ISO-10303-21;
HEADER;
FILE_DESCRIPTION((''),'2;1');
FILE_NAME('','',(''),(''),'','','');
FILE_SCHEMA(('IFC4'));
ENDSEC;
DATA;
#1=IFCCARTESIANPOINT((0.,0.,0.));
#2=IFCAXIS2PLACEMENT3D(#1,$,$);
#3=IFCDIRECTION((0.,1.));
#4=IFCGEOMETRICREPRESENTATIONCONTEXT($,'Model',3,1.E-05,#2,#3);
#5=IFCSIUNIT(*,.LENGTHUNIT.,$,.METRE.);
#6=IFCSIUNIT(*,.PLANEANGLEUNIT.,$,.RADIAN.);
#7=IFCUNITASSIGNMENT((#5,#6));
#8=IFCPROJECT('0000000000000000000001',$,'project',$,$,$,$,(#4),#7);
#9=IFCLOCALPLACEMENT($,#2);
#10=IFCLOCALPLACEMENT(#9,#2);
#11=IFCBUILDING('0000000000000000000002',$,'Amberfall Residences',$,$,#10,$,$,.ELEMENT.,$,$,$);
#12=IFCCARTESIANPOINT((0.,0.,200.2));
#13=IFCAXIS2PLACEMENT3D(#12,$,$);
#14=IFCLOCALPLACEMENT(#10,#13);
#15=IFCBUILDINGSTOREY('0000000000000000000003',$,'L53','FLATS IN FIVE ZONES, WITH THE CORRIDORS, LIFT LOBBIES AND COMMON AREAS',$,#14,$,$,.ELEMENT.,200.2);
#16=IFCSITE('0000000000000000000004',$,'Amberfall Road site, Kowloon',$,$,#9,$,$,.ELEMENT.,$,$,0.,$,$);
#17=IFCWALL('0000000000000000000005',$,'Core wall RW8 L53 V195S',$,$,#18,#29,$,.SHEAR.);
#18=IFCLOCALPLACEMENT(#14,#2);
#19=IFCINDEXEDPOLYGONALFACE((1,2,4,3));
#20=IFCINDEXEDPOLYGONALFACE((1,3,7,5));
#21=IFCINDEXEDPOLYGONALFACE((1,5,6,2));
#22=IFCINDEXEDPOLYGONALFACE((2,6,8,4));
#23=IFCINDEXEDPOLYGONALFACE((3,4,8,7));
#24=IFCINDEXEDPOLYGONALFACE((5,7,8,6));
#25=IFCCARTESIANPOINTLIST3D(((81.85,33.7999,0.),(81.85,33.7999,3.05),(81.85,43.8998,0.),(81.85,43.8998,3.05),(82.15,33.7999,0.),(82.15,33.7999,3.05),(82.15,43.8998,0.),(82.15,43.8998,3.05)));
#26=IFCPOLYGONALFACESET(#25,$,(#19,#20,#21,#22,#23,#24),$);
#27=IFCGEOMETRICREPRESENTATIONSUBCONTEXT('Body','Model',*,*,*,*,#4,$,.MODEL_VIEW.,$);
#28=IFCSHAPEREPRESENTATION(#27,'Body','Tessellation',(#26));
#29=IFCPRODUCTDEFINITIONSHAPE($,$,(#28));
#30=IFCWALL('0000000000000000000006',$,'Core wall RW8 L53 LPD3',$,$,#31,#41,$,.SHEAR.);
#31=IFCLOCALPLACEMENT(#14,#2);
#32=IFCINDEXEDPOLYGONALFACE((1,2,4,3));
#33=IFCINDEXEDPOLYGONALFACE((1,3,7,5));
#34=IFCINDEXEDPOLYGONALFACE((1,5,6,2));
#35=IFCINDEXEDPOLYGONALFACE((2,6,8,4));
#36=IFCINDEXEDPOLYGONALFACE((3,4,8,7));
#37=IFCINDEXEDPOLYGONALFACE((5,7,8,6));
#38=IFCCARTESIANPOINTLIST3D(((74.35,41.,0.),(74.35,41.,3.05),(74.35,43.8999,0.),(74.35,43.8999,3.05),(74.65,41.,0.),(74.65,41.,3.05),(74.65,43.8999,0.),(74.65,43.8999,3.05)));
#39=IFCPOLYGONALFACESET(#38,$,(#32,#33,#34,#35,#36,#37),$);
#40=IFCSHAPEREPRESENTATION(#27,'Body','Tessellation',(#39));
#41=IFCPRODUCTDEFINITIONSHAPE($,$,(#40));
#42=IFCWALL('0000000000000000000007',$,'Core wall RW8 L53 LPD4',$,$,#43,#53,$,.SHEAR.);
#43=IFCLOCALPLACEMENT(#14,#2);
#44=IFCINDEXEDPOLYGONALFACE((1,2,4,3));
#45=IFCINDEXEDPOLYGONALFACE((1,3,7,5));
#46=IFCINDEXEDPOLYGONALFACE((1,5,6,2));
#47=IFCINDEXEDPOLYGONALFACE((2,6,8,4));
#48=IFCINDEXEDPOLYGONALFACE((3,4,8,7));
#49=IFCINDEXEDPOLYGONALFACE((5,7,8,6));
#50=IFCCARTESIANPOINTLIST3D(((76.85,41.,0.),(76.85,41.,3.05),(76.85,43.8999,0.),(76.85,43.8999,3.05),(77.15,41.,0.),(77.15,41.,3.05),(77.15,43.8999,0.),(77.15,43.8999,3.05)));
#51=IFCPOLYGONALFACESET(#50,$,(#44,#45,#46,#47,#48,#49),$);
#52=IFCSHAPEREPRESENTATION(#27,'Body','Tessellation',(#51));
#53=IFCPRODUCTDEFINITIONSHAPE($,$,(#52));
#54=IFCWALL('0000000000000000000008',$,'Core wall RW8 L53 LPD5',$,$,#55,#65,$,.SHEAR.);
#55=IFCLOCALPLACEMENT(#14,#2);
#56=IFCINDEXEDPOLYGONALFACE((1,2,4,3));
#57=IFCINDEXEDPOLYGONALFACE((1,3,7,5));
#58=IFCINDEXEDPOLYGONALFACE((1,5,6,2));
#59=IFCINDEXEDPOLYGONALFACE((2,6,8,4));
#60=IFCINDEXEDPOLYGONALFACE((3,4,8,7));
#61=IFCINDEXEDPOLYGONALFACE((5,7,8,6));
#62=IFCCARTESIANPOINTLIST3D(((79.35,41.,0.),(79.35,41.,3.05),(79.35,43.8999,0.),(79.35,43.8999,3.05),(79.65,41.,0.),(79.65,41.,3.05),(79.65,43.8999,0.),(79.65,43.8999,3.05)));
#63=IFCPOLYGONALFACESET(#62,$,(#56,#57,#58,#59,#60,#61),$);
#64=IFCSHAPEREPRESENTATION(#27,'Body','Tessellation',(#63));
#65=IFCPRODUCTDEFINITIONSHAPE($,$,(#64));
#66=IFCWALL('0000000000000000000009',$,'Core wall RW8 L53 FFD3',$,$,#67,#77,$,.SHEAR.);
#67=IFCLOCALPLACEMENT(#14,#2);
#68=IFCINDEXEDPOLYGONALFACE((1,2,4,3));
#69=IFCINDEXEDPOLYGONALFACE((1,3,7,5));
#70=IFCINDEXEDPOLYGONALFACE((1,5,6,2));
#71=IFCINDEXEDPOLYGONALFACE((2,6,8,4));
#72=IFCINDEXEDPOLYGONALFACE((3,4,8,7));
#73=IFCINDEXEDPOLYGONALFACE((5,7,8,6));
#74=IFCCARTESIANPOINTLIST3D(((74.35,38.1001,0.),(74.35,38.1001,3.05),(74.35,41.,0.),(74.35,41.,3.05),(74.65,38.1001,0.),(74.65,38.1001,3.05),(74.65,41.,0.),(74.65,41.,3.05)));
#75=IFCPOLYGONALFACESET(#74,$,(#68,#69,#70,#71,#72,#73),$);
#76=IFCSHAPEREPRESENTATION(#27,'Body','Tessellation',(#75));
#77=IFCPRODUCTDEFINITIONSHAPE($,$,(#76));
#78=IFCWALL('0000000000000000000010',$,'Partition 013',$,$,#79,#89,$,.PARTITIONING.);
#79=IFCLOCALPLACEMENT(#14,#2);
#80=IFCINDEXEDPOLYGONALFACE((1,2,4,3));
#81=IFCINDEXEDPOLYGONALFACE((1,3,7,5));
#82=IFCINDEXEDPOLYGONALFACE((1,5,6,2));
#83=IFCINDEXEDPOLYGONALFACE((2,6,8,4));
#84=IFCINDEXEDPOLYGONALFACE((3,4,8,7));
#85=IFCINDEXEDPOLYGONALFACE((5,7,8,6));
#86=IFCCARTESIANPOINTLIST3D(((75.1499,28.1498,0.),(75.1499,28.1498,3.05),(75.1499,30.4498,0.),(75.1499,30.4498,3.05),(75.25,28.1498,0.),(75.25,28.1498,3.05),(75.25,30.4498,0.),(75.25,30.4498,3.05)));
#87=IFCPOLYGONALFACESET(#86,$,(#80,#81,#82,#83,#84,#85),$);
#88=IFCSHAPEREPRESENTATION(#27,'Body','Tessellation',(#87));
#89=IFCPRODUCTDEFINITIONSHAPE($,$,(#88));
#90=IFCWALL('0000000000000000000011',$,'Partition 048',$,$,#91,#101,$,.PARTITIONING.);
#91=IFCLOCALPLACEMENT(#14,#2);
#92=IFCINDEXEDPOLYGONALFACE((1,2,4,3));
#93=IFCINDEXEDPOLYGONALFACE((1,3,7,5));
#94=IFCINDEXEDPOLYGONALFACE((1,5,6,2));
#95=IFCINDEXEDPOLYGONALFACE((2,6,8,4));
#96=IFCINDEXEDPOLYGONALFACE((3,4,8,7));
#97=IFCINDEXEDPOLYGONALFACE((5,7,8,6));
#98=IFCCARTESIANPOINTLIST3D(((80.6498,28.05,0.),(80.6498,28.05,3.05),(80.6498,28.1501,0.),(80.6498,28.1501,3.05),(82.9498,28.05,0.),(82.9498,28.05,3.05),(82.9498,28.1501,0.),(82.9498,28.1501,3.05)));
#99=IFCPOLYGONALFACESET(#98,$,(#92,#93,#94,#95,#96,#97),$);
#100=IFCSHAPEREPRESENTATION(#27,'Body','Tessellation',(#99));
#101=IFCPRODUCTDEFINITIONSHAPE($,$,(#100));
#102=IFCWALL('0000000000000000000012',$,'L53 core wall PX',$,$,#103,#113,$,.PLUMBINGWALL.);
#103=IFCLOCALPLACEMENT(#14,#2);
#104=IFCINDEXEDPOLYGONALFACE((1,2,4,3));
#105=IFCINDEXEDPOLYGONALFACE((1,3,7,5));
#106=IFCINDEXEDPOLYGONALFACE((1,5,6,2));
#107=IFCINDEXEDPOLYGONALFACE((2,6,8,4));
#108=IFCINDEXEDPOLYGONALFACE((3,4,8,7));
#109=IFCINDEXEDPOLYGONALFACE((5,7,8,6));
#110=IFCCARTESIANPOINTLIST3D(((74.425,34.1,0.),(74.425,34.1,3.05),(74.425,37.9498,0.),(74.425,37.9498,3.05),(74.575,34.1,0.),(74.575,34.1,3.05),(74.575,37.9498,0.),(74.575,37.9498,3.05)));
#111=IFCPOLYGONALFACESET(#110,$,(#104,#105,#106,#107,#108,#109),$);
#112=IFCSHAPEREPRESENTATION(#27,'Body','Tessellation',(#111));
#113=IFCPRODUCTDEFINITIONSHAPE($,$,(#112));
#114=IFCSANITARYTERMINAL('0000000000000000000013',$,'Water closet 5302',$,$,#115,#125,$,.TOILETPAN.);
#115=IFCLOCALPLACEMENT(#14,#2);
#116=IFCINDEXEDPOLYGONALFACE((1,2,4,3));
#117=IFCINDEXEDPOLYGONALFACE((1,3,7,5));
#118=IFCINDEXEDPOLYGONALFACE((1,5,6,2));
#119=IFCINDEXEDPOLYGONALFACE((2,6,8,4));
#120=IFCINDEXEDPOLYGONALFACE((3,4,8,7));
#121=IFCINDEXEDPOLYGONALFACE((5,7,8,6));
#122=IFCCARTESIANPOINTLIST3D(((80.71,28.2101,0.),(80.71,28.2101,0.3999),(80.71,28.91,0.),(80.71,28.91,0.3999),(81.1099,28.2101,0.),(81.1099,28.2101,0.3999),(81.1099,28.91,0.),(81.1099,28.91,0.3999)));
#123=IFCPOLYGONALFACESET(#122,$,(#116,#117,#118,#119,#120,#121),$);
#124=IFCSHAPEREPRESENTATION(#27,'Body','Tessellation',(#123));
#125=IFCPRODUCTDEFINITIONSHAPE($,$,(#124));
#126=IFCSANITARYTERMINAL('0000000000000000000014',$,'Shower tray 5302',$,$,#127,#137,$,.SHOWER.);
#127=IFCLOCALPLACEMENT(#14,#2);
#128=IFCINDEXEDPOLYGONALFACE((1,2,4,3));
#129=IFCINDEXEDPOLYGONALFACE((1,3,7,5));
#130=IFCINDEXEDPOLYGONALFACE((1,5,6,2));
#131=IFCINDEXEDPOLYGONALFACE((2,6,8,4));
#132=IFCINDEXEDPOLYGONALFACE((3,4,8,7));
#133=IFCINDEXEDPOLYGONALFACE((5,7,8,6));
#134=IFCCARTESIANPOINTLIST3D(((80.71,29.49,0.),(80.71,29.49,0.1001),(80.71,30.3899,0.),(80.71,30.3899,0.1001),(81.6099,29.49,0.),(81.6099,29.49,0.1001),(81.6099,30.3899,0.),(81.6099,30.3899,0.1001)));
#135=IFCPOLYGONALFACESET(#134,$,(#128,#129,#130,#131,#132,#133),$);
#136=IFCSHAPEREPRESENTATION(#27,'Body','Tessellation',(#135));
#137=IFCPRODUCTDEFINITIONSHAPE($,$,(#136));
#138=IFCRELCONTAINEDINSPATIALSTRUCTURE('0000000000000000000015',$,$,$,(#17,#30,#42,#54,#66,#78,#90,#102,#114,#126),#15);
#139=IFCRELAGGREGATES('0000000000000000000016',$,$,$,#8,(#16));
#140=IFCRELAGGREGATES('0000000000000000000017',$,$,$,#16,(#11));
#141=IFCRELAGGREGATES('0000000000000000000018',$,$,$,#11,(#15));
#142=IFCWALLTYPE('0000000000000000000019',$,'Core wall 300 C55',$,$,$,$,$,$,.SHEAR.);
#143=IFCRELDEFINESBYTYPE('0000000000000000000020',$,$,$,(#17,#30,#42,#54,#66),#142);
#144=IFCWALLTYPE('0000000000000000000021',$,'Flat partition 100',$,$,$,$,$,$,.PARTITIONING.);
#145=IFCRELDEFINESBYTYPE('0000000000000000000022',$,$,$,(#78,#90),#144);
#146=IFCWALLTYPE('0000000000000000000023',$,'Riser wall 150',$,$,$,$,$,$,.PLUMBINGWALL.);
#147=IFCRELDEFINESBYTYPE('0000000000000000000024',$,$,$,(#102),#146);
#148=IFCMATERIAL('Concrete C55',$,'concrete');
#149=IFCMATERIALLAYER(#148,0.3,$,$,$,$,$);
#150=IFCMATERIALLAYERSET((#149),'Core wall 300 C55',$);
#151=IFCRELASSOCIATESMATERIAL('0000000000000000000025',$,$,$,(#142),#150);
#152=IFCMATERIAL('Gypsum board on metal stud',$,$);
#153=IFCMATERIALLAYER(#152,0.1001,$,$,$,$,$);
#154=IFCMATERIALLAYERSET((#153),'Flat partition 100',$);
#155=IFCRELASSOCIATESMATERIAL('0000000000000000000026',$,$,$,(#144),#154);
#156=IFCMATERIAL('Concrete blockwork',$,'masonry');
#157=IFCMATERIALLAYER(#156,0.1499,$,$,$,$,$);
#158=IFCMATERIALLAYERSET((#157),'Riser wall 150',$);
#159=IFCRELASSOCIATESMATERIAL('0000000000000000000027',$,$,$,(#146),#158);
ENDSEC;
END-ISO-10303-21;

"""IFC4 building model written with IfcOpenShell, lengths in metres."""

from ifc_helpers import new_model, si_unit, direction, frame, frame_2d, origin, origin_2d, place, context, subcontext, project, spatial, rectangle, extrude, material, layer, layer_set, type_object, element, save


model = new_model("IFC4")

# Units and contexts
model_context = context("Model", 3, precision=1e-05, world=origin(), true_north=direction((0.0, 1.0)))
body_context = subcontext(model_context, "Body", "Model", "MODEL_VIEW")
ifc_project = project(units=[si_unit("LENGTHUNIT", "METRE"), si_unit("PLANEANGLEUNIT", "RADIAN")], contexts=[model_context])

# Site, building, storey
site_placement = place(None, origin())
site = spatial("IfcSite", under=ifc_project, at=site_placement, Name="Amberfall Road site, Kowloon", CompositionType="ELEMENT", RefElevation=0.0)
building_placement = place(site_placement, origin())
building = spatial("IfcBuilding", under=site, at=building_placement, Name="Amberfall Residences", CompositionType="ELEMENT")
storey_placement = place(building_placement, frame((0.0, 0.0, 200.2)))
storey = spatial("IfcBuildingStorey", under=building, at=storey_placement, Name="L53", Description="FLATS IN FIVE ZONES, WITH THE CORRIDORS, LIFT LOBBIES AND COMMON AREAS", CompositionType="ELEMENT", Elevation=200.2)

# Walls
ifc_material_1 = material(Name="Concrete C55", Category="concrete")
ifc_layer_1 = layer(ifc_material_1, 0.3)
ifc_layer_set_1 = layer_set([ifc_layer_1], Name="Core wall 300 C55")
wall_type_1 = type_object("IfcWallType", Name="Core wall 300 C55", PredefinedType="SHEAR", material=ifc_layer_set_1)
wall_1_placement = place(storey_placement, frame((82.0, 33.8, 0.0), z_axis=(0.0, 0.0, 1.0), x_axis=(0.0, 1.0, 0.0)))
element("IfcWall", 1, at=wall_1_placement, inside=storey, type_object=wall_type_1, Name="Core wall RW8 L53 V195S", PredefinedType="SHEAR", context=body_context, shape_type="SweptSolid", body=[
    extrude(rectangle(XDim=10.0999, YDim=0.3, at=frame_2d((5.0498, 0.0))), origin(), (0.0, 0.0, 1.0), 3.05),
])
for number, where, z_axis, x_axis, name in (
    (2, (74.5, 41.0, 0.0), (0.0, 0.0, 1.0), (0.0, 1.0, 0.0), "Core wall RW8 L53 LPD3"),
    (3, (77.0, 41.0, 0.0), (0.0, 0.0, 1.0), (0.0, 1.0, 0.0), "Core wall RW8 L53 LPD4"),
    (4, (79.5, 41.0, 0.0), (0.0, 0.0, 1.0), (0.0, 1.0, 0.0), "Core wall RW8 L53 LPD5"),
    (5, (74.5, 38.1001, 0.0), (0.0, 0.0, 1.0), (0.0, 1.0, 0.0), "Core wall RW8 L53 FFD3"),
):
    element("IfcWall", number, at=place(storey_placement, frame(where, z_axis=z_axis, x_axis=x_axis)), inside=storey, type_object=wall_type_1, Name=name, PredefinedType="SHEAR", context=body_context, shape_type="SweptSolid", body=[
        extrude(rectangle(XDim=2.8999, YDim=0.3, at=frame_2d((1.45, 0.0))), origin(), (0.0, 0.0, 1.0), 3.05),
    ])
ifc_material_2 = material(Name="Gypsum board on metal stud")
ifc_layer_2 = layer(ifc_material_2, 0.1001)
ifc_layer_set_2 = layer_set([ifc_layer_2], Name="Flat partition 100")
wall_type_2 = type_object("IfcWallType", Name="Flat partition 100", PredefinedType="PARTITIONING", material=ifc_layer_set_2)
for number, where, z_axis, x_axis, name in (
    (6, (75.2, 28.1499, 0.0), (0.0, 0.0, 1.0), (0.0, 1.0, 0.0), "Partition 013"),
    (7, (80.6499, 28.1001, 0.0), (0.0, 0.0, 1.0), (1.0, 0.0, 0.0), "Partition 048"),
):
    element("IfcWall", number, at=place(storey_placement, frame(where, z_axis=z_axis, x_axis=x_axis)), inside=storey, type_object=wall_type_2, Name=name, PredefinedType="PARTITIONING", context=body_context, shape_type="SweptSolid", body=[
        extrude(rectangle(XDim=2.3, YDim=0.1001, at=frame_2d((1.1499, 0.0))), origin(), (0.0, 0.0, 1.0), 3.05),
    ])
ifc_material_3 = material(Name="Concrete blockwork", Category="masonry")
ifc_layer_3 = layer(ifc_material_3, 0.1499)
ifc_layer_set_3 = layer_set([ifc_layer_3], Name="Riser wall 150")
wall_type_3 = type_object("IfcWallType", Name="Riser wall 150", PredefinedType="PLUMBINGWALL", material=ifc_layer_set_3)
wall_2_placement = place(storey_placement, frame((74.5, 34.1001, 0.0), z_axis=(0.0, 0.0, 1.0), x_axis=(0.0, 1.0, 0.0)))
element("IfcWall", 8, at=wall_2_placement, inside=storey, type_object=wall_type_3, Name="L53 core wall PX", PredefinedType="PLUMBINGWALL", context=body_context, shape_type="SweptSolid", body=[
    extrude(rectangle(XDim=3.8499, YDim=0.1499, at=frame_2d((1.9248, 0.0))), origin(), (0.0, 0.0, 1.0), 3.05),
])

# Sanitary terminals
sanitary_terminal_1_placement = place(storey_placement, frame((80.9099, 28.5601, 0.0), z_axis=(0.0, 0.0, 1.0), x_axis=(1.0, 0.0, 0.0)))
element("IfcSanitaryTerminal", 9, at=sanitary_terminal_1_placement, inside=storey, Name="Water closet 5302", PredefinedType="TOILETPAN", context=body_context, shape_type="SweptSolid", body=[
    extrude(rectangle(XDim=0.3999, YDim=0.7, at=origin_2d()), origin(), (0.0, 0.0, 1.0), 0.3999),
])
sanitary_terminal_2_placement = place(storey_placement, frame((81.1599, 29.9399, 0.0), z_axis=(0.0, 0.0, 1.0), x_axis=(1.0, 0.0, 0.0)))
element("IfcSanitaryTerminal", 10, at=sanitary_terminal_2_placement, inside=storey, Name="Shower tray 5302", PredefinedType="SHOWER", context=body_context, shape_type="SweptSolid", body=[
    extrude(rectangle(XDim=0.8999, YDim=0.8999, at=origin_2d()), origin(), (0.0, 0.0, 1.0), 0.1001),
])

save(model, "model.ifc")
